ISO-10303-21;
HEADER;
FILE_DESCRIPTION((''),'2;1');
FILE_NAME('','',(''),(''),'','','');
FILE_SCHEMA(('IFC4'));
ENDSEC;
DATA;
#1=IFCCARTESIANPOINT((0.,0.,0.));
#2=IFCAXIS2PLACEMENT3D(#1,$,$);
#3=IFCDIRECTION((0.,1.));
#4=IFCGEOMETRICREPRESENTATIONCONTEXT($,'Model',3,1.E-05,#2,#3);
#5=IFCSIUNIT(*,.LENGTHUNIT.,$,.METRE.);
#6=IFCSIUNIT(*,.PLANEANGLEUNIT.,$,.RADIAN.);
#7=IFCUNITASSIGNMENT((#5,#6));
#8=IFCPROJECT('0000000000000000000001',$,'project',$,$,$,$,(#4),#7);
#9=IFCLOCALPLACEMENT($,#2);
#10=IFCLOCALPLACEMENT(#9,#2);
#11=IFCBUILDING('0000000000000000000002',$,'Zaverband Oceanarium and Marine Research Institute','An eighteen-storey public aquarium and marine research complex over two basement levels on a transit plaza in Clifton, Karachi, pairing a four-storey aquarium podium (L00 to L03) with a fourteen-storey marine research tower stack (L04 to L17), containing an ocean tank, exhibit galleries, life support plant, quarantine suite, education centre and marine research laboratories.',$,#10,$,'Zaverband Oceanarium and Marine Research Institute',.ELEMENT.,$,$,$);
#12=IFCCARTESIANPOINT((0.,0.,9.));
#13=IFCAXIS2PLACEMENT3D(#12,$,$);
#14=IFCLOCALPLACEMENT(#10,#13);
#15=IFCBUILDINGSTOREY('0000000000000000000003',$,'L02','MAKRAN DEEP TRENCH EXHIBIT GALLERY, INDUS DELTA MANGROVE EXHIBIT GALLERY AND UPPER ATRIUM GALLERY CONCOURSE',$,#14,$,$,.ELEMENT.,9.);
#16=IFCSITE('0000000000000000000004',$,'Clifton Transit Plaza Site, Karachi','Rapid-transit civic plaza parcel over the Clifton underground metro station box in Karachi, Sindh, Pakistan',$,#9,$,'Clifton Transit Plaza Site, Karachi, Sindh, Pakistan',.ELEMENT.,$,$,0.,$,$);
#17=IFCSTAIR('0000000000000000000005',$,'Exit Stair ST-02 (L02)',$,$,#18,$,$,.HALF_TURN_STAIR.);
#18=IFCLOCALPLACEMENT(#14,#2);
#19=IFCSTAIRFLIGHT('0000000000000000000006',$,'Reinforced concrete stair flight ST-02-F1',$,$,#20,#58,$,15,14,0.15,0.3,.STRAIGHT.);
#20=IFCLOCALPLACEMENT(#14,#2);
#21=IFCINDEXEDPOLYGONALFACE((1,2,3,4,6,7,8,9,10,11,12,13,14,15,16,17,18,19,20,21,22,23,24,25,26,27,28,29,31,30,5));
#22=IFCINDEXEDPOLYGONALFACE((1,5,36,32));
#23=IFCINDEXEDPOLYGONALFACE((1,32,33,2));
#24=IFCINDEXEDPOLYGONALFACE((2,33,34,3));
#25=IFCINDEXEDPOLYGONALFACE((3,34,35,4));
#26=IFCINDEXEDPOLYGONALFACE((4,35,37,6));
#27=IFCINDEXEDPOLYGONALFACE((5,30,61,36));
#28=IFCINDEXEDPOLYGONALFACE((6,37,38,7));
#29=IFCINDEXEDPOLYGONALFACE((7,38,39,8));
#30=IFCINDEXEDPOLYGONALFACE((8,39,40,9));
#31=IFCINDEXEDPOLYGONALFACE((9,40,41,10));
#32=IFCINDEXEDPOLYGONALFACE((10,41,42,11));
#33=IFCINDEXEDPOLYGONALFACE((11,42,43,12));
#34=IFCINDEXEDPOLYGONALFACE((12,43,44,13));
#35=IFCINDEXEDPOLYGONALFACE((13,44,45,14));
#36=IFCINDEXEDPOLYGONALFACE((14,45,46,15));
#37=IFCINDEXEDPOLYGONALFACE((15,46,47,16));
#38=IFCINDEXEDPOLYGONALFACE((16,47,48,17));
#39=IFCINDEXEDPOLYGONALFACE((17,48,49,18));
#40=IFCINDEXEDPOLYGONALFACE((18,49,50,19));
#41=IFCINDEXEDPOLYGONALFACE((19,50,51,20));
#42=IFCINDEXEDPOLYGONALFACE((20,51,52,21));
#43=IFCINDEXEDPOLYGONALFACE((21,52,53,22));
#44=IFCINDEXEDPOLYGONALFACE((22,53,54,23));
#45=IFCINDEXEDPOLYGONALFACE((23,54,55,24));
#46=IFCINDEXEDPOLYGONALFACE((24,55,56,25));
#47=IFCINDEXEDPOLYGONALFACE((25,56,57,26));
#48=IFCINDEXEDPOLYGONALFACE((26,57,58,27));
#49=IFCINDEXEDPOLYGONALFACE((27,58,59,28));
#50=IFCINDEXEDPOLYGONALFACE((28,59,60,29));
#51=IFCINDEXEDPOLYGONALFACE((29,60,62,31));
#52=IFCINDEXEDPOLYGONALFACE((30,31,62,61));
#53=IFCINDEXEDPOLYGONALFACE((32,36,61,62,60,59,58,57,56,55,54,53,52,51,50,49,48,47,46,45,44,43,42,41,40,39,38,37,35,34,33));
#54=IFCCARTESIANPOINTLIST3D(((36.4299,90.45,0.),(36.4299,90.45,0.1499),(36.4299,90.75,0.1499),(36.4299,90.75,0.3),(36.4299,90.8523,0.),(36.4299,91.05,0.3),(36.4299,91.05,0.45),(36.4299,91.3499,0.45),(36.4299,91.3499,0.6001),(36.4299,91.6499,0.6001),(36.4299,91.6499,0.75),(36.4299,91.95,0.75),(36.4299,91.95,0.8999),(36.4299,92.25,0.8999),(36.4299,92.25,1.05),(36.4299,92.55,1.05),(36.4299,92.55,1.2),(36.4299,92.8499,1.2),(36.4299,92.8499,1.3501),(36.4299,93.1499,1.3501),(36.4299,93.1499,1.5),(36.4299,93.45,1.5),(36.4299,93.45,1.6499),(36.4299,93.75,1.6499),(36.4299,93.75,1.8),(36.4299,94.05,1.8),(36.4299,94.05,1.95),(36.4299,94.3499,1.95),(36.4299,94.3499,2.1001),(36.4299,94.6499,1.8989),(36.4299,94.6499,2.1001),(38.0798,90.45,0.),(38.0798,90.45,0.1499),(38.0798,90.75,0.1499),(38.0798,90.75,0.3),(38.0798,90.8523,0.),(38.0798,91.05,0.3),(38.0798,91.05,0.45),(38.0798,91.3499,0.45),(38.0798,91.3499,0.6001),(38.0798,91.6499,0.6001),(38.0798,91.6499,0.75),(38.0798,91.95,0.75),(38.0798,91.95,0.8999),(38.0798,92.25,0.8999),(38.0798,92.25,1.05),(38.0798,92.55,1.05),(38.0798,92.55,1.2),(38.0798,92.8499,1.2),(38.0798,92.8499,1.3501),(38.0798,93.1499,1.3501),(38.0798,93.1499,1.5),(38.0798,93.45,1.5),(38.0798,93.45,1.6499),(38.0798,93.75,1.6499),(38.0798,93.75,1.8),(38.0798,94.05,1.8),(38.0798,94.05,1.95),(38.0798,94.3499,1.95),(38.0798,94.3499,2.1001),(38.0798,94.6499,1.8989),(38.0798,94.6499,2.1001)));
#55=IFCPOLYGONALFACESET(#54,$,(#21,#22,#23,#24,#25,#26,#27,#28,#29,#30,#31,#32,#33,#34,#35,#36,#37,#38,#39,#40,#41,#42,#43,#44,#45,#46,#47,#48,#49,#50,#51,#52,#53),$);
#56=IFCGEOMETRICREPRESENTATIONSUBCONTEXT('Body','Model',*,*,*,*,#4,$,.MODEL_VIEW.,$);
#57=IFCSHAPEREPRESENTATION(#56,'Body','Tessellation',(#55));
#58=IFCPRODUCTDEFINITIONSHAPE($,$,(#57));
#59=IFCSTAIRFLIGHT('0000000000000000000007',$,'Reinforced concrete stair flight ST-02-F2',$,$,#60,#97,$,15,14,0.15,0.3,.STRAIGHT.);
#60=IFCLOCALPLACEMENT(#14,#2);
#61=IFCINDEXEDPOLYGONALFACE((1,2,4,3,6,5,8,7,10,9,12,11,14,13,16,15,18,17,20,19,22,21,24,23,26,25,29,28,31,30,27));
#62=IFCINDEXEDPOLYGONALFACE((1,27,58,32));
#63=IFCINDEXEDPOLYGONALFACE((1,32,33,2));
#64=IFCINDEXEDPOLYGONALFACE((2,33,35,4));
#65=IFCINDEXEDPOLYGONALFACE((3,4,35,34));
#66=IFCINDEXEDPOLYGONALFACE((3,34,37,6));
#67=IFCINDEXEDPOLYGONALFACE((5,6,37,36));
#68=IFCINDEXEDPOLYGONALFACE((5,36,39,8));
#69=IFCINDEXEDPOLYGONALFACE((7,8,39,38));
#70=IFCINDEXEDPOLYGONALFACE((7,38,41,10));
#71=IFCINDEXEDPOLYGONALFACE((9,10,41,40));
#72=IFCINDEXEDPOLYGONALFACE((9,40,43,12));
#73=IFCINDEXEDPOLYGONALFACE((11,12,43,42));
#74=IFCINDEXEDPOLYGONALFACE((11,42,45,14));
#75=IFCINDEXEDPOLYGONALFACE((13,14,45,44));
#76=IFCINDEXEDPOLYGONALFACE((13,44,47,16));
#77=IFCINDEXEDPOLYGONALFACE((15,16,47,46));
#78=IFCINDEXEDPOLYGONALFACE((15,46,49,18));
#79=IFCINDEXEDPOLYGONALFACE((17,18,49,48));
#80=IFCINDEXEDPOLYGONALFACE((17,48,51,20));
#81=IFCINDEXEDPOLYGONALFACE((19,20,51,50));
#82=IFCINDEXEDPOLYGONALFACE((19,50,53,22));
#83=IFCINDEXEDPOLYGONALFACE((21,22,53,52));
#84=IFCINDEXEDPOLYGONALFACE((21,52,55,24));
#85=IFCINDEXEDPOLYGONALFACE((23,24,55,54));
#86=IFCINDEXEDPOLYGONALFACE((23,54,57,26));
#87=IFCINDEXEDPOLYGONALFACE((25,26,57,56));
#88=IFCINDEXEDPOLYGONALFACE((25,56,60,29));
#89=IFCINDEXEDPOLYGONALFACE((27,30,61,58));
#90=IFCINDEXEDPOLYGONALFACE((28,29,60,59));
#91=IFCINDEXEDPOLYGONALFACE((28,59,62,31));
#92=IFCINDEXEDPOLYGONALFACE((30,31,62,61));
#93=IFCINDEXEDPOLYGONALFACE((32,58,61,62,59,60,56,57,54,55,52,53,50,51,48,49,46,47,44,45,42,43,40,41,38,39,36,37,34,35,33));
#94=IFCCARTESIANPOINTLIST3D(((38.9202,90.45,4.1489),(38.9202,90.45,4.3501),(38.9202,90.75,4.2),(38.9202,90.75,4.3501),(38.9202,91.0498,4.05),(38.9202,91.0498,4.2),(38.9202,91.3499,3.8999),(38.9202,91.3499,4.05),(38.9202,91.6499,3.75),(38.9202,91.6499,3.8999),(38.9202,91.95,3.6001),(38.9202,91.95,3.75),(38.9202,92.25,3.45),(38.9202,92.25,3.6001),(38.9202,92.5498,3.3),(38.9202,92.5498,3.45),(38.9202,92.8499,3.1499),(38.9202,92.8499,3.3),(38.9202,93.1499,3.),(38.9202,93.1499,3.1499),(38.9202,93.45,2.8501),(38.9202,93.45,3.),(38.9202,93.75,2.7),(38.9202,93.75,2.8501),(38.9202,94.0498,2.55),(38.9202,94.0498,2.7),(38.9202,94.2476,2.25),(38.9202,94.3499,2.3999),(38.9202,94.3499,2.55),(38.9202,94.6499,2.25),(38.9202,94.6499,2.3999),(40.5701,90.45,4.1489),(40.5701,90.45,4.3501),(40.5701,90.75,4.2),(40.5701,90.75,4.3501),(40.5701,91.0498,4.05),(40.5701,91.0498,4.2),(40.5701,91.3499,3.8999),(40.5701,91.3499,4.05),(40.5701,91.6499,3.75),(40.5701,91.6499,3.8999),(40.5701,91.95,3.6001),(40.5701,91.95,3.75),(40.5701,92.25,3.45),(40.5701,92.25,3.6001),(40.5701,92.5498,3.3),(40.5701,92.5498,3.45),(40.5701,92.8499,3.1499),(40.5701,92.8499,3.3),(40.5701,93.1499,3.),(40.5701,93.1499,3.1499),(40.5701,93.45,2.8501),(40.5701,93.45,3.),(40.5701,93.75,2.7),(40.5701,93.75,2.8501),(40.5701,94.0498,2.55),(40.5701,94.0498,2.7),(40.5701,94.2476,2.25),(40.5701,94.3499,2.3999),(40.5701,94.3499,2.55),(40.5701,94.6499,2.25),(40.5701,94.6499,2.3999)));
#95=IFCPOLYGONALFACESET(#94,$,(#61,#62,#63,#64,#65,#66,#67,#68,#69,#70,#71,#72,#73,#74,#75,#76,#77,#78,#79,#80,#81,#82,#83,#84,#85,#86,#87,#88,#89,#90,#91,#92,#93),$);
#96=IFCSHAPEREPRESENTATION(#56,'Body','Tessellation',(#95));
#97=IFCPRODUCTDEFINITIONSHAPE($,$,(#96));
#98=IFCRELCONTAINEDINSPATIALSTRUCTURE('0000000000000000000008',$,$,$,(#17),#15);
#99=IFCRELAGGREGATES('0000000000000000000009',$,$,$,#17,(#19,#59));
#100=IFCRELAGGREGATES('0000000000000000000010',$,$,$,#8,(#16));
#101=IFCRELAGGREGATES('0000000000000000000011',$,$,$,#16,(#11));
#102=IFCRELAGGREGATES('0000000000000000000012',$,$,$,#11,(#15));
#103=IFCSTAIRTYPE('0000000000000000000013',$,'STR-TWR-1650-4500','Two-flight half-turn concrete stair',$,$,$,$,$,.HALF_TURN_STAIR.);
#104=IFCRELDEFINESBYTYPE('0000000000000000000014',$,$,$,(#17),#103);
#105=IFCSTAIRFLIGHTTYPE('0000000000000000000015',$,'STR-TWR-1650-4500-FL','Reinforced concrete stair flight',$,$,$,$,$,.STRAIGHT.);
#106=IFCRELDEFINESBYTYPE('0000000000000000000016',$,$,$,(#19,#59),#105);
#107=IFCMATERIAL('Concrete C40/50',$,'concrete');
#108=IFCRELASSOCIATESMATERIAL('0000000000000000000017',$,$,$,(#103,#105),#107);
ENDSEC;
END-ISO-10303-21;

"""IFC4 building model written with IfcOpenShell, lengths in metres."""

from ifc_helpers import new_model, si_unit, direction, frame, origin, place, context, subcontext, project, spatial, polyline, outline, extrude, material, type_object, element, aggregate, save


model = new_model("IFC4")

# Units and contexts
model_context = context("Model", 3, precision=1e-05, world=origin(), true_north=direction((0.0, 1.0)))
body_context = subcontext(model_context, "Body", "Model", "MODEL_VIEW")
ifc_project = project(units=[si_unit("LENGTHUNIT", "METRE"), si_unit("PLANEANGLEUNIT", "RADIAN")], contexts=[model_context])

# Site, building, storey
site_placement = place(None, origin())
site = spatial("IfcSite", under=ifc_project, at=site_placement, Name="Clifton Transit Plaza Site, Karachi", Description="Rapid-transit civic plaza parcel over the Clifton underground metro station box in Karachi, Sindh, Pakistan", LongName="Clifton Transit Plaza Site, Karachi, Sindh, Pakistan", CompositionType="ELEMENT", RefElevation=0.0)
building_placement = place(site_placement, origin())
building = spatial("IfcBuilding", under=site, at=building_placement, Name="Zaverband Oceanarium and Marine Research Institute", Description="An eighteen-storey public aquarium and marine research complex over two basement levels on a transit plaza in Clifton, Karachi, pairing a four-storey aquarium podium (L00 to L03) with a fourteen-storey marine research tower stack (L04 to L17), containing an ocean tank, exhibit galleries, life support plant, quarantine suite, education centre and marine research laboratories.", LongName="Zaverband Oceanarium and Marine Research Institute", CompositionType="ELEMENT")
storey_placement = place(building_placement, frame((0.0, 0.0, 9.0)))
storey = spatial("IfcBuildingStorey", under=building, at=storey_placement, Name="L02", Description="MAKRAN DEEP TRENCH EXHIBIT GALLERY, INDUS DELTA MANGROVE EXHIBIT GALLERY AND UPPER ATRIUM GALLERY CONCOURSE", CompositionType="ELEMENT", Elevation=9.0)

# Shared definitions
ifc_material_1 = material(Name="Concrete C40/50", Category="concrete")

# Stair, stair flights
stair_type = type_object("IfcStairType", Name="STR-TWR-1650-4500", Description="Two-flight half-turn concrete stair", PredefinedType="HALF_TURN_STAIR", material=ifc_material_1)
stair_placement = place(storey_placement, origin())
stair = element("IfcStair", 1, at=stair_placement, inside=storey, type_object=stair_type, Name="Exit Stair ST-02 (L02)", PredefinedType="HALF_TURN_STAIR")
stair_flight_type = type_object("IfcStairFlightType", Name="STR-TWR-1650-4500-FL", Description="Reinforced concrete stair flight", PredefinedType="STRAIGHT", material=ifc_material_1)
stair_flight_1_placement = place(storey_placement, frame((37.2549, 90.45, 0.0), z_axis=(0.0, 0.0, 1.0), x_axis=(0.0, 1.0, 0.0)))
stair_flight_1 = element("IfcStairFlight", 2, at=stair_flight_1_placement, type_object=stair_flight_type, Name="Reinforced concrete stair flight ST-02-F1", NumberOfRisers=15, NumberOfTreads=14, PredefinedType="STRAIGHT", RiserHeight=0.15, TreadLength=0.3, context=body_context, shape_type="SweptSolid", body=[
    extrude(outline(polyline([(0.0, 0.0), (0.0, 0.1499), (0.3, 0.1499), (0.3, 0.3), (0.6001, 0.3), (0.6001, 0.45), (0.8999, 0.45), (0.8999, 0.6001), (1.2, 0.6001), (1.2, 0.75), (1.5, 0.75), (1.5, 0.8999), (1.8, 0.8999), (1.8, 1.05), (2.1001, 1.05), (2.1001, 1.2), (2.3999, 1.2), (2.3999, 1.3501), (2.7, 1.3501), (2.7, 1.5), (3.0, 1.5), (3.0, 1.6499), (3.3, 1.6499), (3.3, 1.8), (3.6001, 1.8), (3.6001, 1.95), (3.8999, 1.95), (3.8999, 2.1001), (4.2, 2.1001), (4.2, 2.25), (4.2, 1.8989), (0.4023, 0.0), (0.0, 0.0)])), frame((0.0, 0.825, 0.0), z_axis=(0.0, -1.0, 0.0), x_axis=(1.0, 0.0, 0.0)), (0.0, 0.0, 1.0), 1.6499),
])
stair_flight_2_placement = place(storey_placement, frame((39.7451, 94.6499, 2.25), z_axis=(0.0, 0.0, 1.0), x_axis=(0.0, -1.0, 0.0)))
stair_flight_2 = element("IfcStairFlight", 3, at=stair_flight_2_placement, type_object=stair_flight_type, Name="Reinforced concrete stair flight ST-02-F2", NumberOfRisers=15, NumberOfTreads=14, PredefinedType="STRAIGHT", RiserHeight=0.15, TreadLength=0.3, context=body_context, shape_type="SweptSolid", body=[
    extrude(outline(polyline([(0.0, 0.0), (0.0, 0.1499), (0.3, 0.1499), (0.3, 0.3), (0.6001, 0.3), (0.6001, 0.45), (0.8999, 0.45), (0.8999, 0.6001), (1.2, 0.6001), (1.2, 0.75), (1.5, 0.75), (1.5, 0.8999), (1.8, 0.8999), (1.8, 1.05), (2.1001, 1.05), (2.1001, 1.2), (2.3999, 1.2), (2.3999, 1.3501), (2.7, 1.3501), (2.7, 1.5), (3.0, 1.5), (3.0, 1.6499), (3.3, 1.6499), (3.3, 1.8), (3.6001, 1.8), (3.6001, 1.95), (3.8999, 1.95), (3.8999, 2.1001), (4.2, 2.1001), (4.2, 2.25), (4.2, 1.8989), (0.4023, 0.0), (0.0, 0.0)])), frame((0.0, 0.825, 0.0), z_axis=(0.0, -1.0, 0.0), x_axis=(1.0, 0.0, 0.0)), (0.0, 0.0, 1.0), 1.6499),
])
aggregate(stair, [stair_flight_1, stair_flight_2])

save(model, "model.ifc")
